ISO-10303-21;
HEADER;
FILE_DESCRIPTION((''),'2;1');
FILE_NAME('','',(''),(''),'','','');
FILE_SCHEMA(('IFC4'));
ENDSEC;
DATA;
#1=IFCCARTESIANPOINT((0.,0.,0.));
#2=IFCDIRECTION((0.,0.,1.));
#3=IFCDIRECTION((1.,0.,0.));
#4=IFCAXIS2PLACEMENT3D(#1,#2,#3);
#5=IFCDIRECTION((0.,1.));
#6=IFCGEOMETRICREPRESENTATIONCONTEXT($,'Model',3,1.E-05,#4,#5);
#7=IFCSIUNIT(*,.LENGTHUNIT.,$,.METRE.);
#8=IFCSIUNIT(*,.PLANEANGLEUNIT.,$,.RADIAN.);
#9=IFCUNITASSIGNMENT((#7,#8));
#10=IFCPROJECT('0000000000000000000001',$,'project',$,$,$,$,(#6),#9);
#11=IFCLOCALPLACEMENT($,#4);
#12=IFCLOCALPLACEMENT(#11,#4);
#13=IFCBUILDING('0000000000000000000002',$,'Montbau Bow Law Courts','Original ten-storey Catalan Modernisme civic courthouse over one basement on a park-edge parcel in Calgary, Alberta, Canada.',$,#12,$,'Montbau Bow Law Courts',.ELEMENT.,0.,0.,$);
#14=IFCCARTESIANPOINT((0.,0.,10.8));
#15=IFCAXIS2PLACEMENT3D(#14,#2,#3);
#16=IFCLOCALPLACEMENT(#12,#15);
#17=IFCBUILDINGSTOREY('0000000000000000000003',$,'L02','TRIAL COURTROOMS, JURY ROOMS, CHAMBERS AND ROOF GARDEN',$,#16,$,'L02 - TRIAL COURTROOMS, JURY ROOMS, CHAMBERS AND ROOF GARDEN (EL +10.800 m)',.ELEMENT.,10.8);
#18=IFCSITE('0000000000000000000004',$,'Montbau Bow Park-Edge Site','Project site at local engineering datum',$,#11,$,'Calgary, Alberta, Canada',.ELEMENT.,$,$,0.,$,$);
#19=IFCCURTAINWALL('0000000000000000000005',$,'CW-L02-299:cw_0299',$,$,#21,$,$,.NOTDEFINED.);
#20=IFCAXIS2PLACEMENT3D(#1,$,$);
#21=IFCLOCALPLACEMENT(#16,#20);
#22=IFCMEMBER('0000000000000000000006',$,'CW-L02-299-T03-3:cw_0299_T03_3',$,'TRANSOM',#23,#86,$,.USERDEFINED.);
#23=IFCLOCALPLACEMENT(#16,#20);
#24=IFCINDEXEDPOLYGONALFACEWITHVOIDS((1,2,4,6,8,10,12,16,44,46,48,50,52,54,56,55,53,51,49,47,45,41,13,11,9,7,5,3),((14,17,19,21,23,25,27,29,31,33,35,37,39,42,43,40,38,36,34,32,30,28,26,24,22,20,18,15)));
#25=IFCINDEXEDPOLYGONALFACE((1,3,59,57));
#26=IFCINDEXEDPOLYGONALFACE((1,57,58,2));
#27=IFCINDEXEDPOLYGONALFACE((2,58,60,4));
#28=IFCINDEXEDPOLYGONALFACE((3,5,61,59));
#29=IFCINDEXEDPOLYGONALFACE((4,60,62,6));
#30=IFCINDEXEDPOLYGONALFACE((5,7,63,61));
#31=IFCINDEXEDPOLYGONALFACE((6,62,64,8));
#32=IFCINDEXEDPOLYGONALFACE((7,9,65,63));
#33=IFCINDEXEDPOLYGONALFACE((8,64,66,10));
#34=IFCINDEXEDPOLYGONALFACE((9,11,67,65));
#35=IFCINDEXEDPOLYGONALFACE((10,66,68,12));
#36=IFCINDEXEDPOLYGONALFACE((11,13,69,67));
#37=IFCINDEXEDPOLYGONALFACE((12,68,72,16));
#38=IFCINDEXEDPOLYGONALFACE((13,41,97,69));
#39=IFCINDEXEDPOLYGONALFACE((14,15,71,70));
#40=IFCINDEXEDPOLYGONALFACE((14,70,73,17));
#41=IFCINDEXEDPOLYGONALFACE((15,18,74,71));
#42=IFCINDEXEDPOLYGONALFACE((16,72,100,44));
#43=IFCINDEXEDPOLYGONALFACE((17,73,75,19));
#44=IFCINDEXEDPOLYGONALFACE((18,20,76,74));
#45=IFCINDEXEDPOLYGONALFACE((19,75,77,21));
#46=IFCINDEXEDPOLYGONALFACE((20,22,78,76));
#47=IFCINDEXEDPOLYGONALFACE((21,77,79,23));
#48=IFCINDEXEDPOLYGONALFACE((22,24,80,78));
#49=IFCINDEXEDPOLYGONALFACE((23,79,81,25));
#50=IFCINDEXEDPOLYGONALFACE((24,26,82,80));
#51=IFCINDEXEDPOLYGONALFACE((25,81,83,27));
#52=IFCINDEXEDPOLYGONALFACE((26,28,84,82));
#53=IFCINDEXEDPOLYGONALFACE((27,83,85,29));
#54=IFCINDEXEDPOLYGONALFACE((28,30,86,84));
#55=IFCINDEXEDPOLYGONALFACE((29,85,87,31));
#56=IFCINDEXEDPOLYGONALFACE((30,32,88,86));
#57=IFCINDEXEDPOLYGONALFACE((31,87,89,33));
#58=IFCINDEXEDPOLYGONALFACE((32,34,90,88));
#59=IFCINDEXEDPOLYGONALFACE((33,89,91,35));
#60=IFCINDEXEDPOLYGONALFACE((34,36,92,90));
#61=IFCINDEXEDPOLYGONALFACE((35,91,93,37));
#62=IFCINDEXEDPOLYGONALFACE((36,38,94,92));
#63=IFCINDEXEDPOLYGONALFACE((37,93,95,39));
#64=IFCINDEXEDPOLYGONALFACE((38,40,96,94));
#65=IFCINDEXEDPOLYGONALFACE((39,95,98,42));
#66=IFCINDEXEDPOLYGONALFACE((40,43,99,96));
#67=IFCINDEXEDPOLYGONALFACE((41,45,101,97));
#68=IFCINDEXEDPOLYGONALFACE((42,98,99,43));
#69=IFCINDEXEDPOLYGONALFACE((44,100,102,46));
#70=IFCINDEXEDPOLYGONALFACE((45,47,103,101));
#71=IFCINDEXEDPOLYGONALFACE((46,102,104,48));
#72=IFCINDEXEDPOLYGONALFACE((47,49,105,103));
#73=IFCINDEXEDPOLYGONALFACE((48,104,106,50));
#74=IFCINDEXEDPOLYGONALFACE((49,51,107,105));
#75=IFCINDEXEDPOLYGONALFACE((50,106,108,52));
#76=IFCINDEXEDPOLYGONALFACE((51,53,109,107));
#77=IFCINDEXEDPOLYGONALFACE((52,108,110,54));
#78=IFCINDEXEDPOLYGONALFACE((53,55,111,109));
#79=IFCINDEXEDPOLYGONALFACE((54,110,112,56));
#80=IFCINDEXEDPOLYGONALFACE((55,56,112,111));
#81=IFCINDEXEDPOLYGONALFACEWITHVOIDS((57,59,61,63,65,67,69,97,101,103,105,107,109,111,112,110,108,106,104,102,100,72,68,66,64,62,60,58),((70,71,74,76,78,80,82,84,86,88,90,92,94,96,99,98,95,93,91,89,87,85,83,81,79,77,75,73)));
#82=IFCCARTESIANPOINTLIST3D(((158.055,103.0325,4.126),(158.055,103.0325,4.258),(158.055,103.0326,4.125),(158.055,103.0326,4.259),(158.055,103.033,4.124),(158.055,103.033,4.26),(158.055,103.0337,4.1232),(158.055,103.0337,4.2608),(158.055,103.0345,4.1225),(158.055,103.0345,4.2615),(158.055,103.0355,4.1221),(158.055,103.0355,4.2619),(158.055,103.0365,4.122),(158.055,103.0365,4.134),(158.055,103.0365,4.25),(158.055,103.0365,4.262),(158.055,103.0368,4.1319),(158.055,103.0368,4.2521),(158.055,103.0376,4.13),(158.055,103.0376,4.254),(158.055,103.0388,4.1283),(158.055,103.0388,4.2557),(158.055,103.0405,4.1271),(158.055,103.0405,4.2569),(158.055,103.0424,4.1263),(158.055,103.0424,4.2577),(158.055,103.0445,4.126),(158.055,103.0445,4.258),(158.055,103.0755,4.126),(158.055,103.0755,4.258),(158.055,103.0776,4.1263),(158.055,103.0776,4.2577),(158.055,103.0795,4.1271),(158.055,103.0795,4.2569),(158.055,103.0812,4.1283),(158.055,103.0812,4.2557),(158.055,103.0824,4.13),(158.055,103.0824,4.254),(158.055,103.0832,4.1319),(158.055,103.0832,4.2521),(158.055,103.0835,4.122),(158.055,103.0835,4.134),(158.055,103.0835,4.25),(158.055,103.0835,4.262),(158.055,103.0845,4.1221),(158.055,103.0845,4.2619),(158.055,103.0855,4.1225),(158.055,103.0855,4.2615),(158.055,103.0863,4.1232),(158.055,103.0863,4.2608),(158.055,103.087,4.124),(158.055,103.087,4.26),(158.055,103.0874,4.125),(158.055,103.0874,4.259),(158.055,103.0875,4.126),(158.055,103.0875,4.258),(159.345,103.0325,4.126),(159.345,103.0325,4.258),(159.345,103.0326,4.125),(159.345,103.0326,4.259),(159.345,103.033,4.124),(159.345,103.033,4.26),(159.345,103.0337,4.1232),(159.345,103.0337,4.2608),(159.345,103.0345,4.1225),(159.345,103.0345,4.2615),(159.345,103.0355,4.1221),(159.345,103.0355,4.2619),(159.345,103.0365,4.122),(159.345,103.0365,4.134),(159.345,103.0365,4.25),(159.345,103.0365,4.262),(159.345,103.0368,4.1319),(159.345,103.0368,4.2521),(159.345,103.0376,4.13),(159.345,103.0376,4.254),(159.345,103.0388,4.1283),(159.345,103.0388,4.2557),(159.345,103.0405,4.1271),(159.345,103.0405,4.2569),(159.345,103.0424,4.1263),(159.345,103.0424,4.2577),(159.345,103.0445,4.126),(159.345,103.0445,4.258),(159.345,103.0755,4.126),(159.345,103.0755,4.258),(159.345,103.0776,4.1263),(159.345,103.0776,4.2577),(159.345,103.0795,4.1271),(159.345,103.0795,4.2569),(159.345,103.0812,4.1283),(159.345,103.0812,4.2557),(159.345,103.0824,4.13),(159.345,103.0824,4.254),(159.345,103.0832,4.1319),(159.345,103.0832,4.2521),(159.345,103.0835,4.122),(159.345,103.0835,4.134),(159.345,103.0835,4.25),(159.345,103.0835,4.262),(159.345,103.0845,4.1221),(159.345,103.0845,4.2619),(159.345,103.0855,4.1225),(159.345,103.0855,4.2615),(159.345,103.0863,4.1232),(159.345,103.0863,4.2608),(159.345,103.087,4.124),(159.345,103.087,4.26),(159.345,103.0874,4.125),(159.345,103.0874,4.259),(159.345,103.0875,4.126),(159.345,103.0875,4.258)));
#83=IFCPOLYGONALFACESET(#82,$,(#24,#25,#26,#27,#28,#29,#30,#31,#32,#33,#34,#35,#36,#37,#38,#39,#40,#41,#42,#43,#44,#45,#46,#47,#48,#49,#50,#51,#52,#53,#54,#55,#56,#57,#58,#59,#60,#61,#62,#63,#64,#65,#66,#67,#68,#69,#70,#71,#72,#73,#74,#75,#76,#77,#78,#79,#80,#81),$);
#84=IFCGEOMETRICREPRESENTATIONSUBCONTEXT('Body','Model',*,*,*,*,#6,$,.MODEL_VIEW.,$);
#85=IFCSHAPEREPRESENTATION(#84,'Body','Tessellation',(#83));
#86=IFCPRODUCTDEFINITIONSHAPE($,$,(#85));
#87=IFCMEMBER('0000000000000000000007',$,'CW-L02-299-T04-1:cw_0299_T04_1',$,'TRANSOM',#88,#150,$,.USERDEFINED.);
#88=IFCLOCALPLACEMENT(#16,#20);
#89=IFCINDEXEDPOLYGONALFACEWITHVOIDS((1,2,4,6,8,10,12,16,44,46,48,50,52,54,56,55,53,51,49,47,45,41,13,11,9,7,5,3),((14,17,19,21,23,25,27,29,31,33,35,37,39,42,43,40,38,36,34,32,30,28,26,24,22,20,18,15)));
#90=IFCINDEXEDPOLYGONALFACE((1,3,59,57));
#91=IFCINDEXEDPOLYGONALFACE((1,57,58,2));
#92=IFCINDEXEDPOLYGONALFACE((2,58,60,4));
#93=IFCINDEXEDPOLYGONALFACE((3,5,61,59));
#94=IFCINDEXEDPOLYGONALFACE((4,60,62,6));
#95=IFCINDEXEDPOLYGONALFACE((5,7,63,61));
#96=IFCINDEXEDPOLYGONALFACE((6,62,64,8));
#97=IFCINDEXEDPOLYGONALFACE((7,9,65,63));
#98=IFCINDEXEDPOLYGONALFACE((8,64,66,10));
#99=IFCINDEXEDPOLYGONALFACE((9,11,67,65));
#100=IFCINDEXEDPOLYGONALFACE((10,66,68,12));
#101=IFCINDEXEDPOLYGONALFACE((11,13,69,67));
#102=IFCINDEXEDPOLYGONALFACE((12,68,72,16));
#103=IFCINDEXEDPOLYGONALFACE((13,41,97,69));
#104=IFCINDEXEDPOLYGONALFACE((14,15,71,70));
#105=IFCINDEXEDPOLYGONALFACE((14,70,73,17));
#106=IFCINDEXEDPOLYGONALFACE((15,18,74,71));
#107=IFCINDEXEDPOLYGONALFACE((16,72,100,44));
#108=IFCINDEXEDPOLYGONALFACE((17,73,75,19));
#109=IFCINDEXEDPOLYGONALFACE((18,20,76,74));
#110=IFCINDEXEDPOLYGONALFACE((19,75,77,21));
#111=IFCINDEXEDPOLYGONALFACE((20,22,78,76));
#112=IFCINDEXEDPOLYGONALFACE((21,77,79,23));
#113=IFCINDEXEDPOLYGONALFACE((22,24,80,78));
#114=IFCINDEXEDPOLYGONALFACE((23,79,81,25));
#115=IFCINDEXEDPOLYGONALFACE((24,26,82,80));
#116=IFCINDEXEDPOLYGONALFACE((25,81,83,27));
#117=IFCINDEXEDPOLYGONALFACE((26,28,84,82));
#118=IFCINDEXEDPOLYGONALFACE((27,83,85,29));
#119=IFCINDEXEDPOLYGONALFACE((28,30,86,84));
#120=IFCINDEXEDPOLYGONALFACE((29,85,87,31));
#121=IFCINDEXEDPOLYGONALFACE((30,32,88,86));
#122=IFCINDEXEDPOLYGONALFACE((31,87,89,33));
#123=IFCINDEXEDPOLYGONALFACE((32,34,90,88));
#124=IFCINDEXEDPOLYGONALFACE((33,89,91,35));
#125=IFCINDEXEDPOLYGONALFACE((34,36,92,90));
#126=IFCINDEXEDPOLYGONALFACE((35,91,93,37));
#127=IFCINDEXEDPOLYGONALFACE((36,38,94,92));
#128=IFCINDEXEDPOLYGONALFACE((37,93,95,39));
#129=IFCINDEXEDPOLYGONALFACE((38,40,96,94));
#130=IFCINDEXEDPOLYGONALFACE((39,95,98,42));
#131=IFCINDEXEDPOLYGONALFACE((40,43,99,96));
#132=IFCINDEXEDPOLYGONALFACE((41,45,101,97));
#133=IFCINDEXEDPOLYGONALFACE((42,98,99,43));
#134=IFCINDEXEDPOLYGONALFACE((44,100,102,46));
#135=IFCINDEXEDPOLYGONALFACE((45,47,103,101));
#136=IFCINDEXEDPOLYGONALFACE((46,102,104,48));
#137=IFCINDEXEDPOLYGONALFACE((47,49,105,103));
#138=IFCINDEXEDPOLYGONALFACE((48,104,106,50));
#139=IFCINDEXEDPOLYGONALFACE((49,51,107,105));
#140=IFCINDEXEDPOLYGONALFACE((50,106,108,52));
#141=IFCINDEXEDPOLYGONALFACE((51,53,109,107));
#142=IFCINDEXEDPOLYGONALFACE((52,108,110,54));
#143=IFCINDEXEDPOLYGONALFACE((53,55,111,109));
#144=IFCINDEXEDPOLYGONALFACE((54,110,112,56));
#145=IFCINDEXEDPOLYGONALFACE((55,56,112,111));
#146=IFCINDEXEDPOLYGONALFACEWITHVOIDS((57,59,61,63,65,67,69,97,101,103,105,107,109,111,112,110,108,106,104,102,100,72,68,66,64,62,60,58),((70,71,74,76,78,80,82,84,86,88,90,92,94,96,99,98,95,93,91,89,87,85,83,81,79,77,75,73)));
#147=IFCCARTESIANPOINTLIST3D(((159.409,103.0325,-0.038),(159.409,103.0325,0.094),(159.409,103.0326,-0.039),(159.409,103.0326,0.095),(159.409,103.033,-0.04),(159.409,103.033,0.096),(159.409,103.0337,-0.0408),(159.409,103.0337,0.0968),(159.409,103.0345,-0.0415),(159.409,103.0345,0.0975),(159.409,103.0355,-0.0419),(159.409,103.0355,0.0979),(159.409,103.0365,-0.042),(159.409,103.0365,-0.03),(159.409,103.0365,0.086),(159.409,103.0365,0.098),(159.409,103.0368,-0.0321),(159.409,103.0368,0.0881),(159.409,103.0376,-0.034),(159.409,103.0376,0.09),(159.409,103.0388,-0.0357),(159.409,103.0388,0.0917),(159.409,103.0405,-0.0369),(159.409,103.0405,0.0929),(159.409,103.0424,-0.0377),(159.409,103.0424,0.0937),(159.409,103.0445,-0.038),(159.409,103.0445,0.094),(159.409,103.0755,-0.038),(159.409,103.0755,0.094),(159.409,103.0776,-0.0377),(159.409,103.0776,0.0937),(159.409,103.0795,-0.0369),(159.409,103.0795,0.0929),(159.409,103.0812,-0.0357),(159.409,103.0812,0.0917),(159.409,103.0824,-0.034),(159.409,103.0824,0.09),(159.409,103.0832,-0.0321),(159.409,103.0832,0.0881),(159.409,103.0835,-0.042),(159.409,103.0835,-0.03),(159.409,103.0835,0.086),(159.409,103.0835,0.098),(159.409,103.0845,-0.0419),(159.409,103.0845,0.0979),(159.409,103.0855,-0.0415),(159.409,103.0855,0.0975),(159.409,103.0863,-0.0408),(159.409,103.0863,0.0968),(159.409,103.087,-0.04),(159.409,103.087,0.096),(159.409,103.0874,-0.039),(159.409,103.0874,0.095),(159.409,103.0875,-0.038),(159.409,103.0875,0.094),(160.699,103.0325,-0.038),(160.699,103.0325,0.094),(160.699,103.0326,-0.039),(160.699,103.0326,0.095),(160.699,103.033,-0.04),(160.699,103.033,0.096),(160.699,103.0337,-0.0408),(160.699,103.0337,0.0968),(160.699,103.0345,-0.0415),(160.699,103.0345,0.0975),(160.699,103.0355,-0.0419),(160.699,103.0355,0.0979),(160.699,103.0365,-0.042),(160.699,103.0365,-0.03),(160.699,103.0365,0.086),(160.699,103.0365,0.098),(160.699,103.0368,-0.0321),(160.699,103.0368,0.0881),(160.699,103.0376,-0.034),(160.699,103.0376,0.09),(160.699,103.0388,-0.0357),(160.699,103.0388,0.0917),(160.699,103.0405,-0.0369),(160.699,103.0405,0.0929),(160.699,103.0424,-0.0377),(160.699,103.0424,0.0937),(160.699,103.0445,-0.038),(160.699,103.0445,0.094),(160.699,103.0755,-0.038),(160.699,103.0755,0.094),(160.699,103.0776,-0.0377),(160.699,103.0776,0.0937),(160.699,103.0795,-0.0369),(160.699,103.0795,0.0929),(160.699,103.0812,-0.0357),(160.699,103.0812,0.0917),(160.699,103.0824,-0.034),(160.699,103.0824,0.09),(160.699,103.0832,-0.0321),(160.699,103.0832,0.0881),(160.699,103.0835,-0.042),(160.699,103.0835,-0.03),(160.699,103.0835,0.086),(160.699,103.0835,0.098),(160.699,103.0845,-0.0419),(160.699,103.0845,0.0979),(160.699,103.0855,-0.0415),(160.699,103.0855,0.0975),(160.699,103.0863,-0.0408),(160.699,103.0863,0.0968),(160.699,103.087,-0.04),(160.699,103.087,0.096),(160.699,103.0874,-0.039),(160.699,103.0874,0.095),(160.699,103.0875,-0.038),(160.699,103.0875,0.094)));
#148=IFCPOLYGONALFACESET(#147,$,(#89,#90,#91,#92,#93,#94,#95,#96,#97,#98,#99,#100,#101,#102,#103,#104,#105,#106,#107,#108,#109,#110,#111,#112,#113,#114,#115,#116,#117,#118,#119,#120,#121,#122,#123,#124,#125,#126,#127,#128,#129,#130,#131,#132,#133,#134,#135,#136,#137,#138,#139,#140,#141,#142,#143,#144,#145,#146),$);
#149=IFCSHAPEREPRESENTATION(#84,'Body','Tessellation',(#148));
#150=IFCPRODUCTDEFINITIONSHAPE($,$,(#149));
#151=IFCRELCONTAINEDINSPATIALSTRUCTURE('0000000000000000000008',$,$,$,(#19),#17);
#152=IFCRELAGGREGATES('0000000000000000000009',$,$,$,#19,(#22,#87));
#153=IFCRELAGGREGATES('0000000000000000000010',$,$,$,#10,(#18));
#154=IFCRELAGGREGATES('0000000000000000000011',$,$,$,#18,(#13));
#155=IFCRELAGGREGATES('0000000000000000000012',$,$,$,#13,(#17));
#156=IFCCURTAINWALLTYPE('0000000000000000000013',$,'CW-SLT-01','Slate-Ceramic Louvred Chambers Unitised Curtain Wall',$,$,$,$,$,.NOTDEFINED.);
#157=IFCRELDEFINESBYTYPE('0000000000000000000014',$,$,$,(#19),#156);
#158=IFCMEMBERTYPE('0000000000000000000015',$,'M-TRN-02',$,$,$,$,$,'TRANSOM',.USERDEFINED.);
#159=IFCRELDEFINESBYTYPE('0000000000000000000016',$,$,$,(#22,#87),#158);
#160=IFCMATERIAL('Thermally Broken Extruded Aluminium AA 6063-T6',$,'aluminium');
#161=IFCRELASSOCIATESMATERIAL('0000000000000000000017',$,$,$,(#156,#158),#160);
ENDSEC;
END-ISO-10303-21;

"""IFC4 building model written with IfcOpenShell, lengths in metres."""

from ifc_helpers import new_model, si_unit, direction, frame, origin_with_axes, origin_2d_with_axis, place, context, subcontext, project, spatial, hollow_rectangle, extrude, material, material_profile, profile_set, type_object, element, aggregate, save


model = new_model("IFC4")

# Units and contexts
model_context = context("Model", 3, precision=1e-05, world=origin_with_axes(), true_north=direction((0.0, 1.0)))
body_context = subcontext(model_context, "Body", "Model", "MODEL_VIEW")
ifc_project = project(units=[si_unit("LENGTHUNIT", "METRE"), si_unit("PLANEANGLEUNIT", "RADIAN")], contexts=[model_context])

# Site, building, storey
site_placement = place(None, origin_with_axes())
site = spatial("IfcSite", under=ifc_project, at=site_placement, Name="Montbau Bow Park-Edge Site", Description="Project site at local engineering datum", LongName="Calgary, Alberta, Canada", CompositionType="ELEMENT", RefElevation=0.0)
building_placement = place(site_placement, origin_with_axes())
building = spatial("IfcBuilding", under=site, at=building_placement, Name="Montbau Bow Law Courts", Description="Original ten-storey Catalan Modernisme civic courthouse over one basement on a park-edge parcel in Calgary, Alberta, Canada.", LongName="Montbau Bow Law Courts", CompositionType="ELEMENT", ElevationOfRefHeight=0.0, ElevationOfTerrain=0.0)
storey_placement = place(building_placement, frame((0.0, 0.0, 10.8), z_axis=(0.0, 0.0, 1.0), x_axis=(1.0, 0.0, 0.0)))
storey = spatial("IfcBuildingStorey", under=building, at=storey_placement, Name="L02", Description="TRIAL COURTROOMS, JURY ROOMS, CHAMBERS AND ROOF GARDEN", LongName="L02 - TRIAL COURTROOMS, JURY ROOMS, CHAMBERS AND ROOF GARDEN (EL +10.800 m)", CompositionType="ELEMENT", Elevation=10.8)

# Curtain wall, members
ifc_material_1 = material(Name="Thermally Broken Extruded Aluminium AA 6063-T6", Category="aluminium")
curtain_wall_type = type_object("IfcCurtainWallType", Name="CW-SLT-01", Description="Slate-Ceramic Louvred Chambers Unitised Curtain Wall", PredefinedType="NOTDEFINED", material=ifc_material_1)
curtain_wall_placement = place(None, frame((155.315, 103.06, 10.8), z_axis=(0.0, 0.0, 1.0), x_axis=(1.0, 0.0, 0.0)))
curtain_wall = element("IfcCurtainWall", 1, at=curtain_wall_placement, inside=storey, type_object=curtain_wall_type, Name="CW-L02-299:cw_0299", PredefinedType="NOTDEFINED")
ifc_material_profile_1 = material_profile(ifc_material_1, hollow_rectangle(XDim=0.055, YDim=0.14, WallThickness=0.004, InnerFilletRadius=0.008, OuterFilletRadius=0.004, at=origin_2d_with_axis()), Name="CWT-140X55", Category="Main", Priority=0)
ifc_profile_set_1 = profile_set([ifc_material_profile_1], Name="Thermally Broken Extruded Aluminium AA 6063-T6")
member_type_1 = type_object("IfcMemberType", Name="M-TRN-02", ElementType="TRANSOM", PredefinedType="USERDEFINED", material=ifc_profile_set_1)
member_1_placement = place(None, frame((158.055, 103.06, 14.992), z_axis=(1.0, 0.0, 0.0), x_axis=(0.0, 1.0, 0.0)))
member_1 = element("IfcMember", 2, at=member_1_placement, type_object=member_type_1, Name="CW-L02-299-T03-3:cw_0299_T03_3", ObjectType="TRANSOM", PredefinedType="USERDEFINED", context=body_context, shape_type="SweptSolid", body=[
    extrude(hollow_rectangle(XDim=0.055, YDim=0.14, WallThickness=0.004, InnerFilletRadius=0.008, OuterFilletRadius=0.004, at=origin_2d_with_axis()), origin_with_axes(), (0.0, 0.0, 1.0), 1.29),
])
member_2_placement = place(None, frame((159.409, 103.06, 10.828), z_axis=(1.0, 0.0, 0.0), x_axis=(0.0, 1.0, 0.0)))
member_2 = element("IfcMember", 3, at=member_2_placement, type_object=member_type_1, Name="CW-L02-299-T04-1:cw_0299_T04_1", ObjectType="TRANSOM", PredefinedType="USERDEFINED", context=body_context, shape_type="SweptSolid", body=[
    extrude(hollow_rectangle(XDim=0.055, YDim=0.14, WallThickness=0.004, InnerFilletRadius=0.008, OuterFilletRadius=0.004, at=origin_2d_with_axis()), origin_with_axes(), (0.0, 0.0, 1.0), 1.29),
])
aggregate(curtain_wall, [member_1, member_2])

save(model, "model.ifc")
